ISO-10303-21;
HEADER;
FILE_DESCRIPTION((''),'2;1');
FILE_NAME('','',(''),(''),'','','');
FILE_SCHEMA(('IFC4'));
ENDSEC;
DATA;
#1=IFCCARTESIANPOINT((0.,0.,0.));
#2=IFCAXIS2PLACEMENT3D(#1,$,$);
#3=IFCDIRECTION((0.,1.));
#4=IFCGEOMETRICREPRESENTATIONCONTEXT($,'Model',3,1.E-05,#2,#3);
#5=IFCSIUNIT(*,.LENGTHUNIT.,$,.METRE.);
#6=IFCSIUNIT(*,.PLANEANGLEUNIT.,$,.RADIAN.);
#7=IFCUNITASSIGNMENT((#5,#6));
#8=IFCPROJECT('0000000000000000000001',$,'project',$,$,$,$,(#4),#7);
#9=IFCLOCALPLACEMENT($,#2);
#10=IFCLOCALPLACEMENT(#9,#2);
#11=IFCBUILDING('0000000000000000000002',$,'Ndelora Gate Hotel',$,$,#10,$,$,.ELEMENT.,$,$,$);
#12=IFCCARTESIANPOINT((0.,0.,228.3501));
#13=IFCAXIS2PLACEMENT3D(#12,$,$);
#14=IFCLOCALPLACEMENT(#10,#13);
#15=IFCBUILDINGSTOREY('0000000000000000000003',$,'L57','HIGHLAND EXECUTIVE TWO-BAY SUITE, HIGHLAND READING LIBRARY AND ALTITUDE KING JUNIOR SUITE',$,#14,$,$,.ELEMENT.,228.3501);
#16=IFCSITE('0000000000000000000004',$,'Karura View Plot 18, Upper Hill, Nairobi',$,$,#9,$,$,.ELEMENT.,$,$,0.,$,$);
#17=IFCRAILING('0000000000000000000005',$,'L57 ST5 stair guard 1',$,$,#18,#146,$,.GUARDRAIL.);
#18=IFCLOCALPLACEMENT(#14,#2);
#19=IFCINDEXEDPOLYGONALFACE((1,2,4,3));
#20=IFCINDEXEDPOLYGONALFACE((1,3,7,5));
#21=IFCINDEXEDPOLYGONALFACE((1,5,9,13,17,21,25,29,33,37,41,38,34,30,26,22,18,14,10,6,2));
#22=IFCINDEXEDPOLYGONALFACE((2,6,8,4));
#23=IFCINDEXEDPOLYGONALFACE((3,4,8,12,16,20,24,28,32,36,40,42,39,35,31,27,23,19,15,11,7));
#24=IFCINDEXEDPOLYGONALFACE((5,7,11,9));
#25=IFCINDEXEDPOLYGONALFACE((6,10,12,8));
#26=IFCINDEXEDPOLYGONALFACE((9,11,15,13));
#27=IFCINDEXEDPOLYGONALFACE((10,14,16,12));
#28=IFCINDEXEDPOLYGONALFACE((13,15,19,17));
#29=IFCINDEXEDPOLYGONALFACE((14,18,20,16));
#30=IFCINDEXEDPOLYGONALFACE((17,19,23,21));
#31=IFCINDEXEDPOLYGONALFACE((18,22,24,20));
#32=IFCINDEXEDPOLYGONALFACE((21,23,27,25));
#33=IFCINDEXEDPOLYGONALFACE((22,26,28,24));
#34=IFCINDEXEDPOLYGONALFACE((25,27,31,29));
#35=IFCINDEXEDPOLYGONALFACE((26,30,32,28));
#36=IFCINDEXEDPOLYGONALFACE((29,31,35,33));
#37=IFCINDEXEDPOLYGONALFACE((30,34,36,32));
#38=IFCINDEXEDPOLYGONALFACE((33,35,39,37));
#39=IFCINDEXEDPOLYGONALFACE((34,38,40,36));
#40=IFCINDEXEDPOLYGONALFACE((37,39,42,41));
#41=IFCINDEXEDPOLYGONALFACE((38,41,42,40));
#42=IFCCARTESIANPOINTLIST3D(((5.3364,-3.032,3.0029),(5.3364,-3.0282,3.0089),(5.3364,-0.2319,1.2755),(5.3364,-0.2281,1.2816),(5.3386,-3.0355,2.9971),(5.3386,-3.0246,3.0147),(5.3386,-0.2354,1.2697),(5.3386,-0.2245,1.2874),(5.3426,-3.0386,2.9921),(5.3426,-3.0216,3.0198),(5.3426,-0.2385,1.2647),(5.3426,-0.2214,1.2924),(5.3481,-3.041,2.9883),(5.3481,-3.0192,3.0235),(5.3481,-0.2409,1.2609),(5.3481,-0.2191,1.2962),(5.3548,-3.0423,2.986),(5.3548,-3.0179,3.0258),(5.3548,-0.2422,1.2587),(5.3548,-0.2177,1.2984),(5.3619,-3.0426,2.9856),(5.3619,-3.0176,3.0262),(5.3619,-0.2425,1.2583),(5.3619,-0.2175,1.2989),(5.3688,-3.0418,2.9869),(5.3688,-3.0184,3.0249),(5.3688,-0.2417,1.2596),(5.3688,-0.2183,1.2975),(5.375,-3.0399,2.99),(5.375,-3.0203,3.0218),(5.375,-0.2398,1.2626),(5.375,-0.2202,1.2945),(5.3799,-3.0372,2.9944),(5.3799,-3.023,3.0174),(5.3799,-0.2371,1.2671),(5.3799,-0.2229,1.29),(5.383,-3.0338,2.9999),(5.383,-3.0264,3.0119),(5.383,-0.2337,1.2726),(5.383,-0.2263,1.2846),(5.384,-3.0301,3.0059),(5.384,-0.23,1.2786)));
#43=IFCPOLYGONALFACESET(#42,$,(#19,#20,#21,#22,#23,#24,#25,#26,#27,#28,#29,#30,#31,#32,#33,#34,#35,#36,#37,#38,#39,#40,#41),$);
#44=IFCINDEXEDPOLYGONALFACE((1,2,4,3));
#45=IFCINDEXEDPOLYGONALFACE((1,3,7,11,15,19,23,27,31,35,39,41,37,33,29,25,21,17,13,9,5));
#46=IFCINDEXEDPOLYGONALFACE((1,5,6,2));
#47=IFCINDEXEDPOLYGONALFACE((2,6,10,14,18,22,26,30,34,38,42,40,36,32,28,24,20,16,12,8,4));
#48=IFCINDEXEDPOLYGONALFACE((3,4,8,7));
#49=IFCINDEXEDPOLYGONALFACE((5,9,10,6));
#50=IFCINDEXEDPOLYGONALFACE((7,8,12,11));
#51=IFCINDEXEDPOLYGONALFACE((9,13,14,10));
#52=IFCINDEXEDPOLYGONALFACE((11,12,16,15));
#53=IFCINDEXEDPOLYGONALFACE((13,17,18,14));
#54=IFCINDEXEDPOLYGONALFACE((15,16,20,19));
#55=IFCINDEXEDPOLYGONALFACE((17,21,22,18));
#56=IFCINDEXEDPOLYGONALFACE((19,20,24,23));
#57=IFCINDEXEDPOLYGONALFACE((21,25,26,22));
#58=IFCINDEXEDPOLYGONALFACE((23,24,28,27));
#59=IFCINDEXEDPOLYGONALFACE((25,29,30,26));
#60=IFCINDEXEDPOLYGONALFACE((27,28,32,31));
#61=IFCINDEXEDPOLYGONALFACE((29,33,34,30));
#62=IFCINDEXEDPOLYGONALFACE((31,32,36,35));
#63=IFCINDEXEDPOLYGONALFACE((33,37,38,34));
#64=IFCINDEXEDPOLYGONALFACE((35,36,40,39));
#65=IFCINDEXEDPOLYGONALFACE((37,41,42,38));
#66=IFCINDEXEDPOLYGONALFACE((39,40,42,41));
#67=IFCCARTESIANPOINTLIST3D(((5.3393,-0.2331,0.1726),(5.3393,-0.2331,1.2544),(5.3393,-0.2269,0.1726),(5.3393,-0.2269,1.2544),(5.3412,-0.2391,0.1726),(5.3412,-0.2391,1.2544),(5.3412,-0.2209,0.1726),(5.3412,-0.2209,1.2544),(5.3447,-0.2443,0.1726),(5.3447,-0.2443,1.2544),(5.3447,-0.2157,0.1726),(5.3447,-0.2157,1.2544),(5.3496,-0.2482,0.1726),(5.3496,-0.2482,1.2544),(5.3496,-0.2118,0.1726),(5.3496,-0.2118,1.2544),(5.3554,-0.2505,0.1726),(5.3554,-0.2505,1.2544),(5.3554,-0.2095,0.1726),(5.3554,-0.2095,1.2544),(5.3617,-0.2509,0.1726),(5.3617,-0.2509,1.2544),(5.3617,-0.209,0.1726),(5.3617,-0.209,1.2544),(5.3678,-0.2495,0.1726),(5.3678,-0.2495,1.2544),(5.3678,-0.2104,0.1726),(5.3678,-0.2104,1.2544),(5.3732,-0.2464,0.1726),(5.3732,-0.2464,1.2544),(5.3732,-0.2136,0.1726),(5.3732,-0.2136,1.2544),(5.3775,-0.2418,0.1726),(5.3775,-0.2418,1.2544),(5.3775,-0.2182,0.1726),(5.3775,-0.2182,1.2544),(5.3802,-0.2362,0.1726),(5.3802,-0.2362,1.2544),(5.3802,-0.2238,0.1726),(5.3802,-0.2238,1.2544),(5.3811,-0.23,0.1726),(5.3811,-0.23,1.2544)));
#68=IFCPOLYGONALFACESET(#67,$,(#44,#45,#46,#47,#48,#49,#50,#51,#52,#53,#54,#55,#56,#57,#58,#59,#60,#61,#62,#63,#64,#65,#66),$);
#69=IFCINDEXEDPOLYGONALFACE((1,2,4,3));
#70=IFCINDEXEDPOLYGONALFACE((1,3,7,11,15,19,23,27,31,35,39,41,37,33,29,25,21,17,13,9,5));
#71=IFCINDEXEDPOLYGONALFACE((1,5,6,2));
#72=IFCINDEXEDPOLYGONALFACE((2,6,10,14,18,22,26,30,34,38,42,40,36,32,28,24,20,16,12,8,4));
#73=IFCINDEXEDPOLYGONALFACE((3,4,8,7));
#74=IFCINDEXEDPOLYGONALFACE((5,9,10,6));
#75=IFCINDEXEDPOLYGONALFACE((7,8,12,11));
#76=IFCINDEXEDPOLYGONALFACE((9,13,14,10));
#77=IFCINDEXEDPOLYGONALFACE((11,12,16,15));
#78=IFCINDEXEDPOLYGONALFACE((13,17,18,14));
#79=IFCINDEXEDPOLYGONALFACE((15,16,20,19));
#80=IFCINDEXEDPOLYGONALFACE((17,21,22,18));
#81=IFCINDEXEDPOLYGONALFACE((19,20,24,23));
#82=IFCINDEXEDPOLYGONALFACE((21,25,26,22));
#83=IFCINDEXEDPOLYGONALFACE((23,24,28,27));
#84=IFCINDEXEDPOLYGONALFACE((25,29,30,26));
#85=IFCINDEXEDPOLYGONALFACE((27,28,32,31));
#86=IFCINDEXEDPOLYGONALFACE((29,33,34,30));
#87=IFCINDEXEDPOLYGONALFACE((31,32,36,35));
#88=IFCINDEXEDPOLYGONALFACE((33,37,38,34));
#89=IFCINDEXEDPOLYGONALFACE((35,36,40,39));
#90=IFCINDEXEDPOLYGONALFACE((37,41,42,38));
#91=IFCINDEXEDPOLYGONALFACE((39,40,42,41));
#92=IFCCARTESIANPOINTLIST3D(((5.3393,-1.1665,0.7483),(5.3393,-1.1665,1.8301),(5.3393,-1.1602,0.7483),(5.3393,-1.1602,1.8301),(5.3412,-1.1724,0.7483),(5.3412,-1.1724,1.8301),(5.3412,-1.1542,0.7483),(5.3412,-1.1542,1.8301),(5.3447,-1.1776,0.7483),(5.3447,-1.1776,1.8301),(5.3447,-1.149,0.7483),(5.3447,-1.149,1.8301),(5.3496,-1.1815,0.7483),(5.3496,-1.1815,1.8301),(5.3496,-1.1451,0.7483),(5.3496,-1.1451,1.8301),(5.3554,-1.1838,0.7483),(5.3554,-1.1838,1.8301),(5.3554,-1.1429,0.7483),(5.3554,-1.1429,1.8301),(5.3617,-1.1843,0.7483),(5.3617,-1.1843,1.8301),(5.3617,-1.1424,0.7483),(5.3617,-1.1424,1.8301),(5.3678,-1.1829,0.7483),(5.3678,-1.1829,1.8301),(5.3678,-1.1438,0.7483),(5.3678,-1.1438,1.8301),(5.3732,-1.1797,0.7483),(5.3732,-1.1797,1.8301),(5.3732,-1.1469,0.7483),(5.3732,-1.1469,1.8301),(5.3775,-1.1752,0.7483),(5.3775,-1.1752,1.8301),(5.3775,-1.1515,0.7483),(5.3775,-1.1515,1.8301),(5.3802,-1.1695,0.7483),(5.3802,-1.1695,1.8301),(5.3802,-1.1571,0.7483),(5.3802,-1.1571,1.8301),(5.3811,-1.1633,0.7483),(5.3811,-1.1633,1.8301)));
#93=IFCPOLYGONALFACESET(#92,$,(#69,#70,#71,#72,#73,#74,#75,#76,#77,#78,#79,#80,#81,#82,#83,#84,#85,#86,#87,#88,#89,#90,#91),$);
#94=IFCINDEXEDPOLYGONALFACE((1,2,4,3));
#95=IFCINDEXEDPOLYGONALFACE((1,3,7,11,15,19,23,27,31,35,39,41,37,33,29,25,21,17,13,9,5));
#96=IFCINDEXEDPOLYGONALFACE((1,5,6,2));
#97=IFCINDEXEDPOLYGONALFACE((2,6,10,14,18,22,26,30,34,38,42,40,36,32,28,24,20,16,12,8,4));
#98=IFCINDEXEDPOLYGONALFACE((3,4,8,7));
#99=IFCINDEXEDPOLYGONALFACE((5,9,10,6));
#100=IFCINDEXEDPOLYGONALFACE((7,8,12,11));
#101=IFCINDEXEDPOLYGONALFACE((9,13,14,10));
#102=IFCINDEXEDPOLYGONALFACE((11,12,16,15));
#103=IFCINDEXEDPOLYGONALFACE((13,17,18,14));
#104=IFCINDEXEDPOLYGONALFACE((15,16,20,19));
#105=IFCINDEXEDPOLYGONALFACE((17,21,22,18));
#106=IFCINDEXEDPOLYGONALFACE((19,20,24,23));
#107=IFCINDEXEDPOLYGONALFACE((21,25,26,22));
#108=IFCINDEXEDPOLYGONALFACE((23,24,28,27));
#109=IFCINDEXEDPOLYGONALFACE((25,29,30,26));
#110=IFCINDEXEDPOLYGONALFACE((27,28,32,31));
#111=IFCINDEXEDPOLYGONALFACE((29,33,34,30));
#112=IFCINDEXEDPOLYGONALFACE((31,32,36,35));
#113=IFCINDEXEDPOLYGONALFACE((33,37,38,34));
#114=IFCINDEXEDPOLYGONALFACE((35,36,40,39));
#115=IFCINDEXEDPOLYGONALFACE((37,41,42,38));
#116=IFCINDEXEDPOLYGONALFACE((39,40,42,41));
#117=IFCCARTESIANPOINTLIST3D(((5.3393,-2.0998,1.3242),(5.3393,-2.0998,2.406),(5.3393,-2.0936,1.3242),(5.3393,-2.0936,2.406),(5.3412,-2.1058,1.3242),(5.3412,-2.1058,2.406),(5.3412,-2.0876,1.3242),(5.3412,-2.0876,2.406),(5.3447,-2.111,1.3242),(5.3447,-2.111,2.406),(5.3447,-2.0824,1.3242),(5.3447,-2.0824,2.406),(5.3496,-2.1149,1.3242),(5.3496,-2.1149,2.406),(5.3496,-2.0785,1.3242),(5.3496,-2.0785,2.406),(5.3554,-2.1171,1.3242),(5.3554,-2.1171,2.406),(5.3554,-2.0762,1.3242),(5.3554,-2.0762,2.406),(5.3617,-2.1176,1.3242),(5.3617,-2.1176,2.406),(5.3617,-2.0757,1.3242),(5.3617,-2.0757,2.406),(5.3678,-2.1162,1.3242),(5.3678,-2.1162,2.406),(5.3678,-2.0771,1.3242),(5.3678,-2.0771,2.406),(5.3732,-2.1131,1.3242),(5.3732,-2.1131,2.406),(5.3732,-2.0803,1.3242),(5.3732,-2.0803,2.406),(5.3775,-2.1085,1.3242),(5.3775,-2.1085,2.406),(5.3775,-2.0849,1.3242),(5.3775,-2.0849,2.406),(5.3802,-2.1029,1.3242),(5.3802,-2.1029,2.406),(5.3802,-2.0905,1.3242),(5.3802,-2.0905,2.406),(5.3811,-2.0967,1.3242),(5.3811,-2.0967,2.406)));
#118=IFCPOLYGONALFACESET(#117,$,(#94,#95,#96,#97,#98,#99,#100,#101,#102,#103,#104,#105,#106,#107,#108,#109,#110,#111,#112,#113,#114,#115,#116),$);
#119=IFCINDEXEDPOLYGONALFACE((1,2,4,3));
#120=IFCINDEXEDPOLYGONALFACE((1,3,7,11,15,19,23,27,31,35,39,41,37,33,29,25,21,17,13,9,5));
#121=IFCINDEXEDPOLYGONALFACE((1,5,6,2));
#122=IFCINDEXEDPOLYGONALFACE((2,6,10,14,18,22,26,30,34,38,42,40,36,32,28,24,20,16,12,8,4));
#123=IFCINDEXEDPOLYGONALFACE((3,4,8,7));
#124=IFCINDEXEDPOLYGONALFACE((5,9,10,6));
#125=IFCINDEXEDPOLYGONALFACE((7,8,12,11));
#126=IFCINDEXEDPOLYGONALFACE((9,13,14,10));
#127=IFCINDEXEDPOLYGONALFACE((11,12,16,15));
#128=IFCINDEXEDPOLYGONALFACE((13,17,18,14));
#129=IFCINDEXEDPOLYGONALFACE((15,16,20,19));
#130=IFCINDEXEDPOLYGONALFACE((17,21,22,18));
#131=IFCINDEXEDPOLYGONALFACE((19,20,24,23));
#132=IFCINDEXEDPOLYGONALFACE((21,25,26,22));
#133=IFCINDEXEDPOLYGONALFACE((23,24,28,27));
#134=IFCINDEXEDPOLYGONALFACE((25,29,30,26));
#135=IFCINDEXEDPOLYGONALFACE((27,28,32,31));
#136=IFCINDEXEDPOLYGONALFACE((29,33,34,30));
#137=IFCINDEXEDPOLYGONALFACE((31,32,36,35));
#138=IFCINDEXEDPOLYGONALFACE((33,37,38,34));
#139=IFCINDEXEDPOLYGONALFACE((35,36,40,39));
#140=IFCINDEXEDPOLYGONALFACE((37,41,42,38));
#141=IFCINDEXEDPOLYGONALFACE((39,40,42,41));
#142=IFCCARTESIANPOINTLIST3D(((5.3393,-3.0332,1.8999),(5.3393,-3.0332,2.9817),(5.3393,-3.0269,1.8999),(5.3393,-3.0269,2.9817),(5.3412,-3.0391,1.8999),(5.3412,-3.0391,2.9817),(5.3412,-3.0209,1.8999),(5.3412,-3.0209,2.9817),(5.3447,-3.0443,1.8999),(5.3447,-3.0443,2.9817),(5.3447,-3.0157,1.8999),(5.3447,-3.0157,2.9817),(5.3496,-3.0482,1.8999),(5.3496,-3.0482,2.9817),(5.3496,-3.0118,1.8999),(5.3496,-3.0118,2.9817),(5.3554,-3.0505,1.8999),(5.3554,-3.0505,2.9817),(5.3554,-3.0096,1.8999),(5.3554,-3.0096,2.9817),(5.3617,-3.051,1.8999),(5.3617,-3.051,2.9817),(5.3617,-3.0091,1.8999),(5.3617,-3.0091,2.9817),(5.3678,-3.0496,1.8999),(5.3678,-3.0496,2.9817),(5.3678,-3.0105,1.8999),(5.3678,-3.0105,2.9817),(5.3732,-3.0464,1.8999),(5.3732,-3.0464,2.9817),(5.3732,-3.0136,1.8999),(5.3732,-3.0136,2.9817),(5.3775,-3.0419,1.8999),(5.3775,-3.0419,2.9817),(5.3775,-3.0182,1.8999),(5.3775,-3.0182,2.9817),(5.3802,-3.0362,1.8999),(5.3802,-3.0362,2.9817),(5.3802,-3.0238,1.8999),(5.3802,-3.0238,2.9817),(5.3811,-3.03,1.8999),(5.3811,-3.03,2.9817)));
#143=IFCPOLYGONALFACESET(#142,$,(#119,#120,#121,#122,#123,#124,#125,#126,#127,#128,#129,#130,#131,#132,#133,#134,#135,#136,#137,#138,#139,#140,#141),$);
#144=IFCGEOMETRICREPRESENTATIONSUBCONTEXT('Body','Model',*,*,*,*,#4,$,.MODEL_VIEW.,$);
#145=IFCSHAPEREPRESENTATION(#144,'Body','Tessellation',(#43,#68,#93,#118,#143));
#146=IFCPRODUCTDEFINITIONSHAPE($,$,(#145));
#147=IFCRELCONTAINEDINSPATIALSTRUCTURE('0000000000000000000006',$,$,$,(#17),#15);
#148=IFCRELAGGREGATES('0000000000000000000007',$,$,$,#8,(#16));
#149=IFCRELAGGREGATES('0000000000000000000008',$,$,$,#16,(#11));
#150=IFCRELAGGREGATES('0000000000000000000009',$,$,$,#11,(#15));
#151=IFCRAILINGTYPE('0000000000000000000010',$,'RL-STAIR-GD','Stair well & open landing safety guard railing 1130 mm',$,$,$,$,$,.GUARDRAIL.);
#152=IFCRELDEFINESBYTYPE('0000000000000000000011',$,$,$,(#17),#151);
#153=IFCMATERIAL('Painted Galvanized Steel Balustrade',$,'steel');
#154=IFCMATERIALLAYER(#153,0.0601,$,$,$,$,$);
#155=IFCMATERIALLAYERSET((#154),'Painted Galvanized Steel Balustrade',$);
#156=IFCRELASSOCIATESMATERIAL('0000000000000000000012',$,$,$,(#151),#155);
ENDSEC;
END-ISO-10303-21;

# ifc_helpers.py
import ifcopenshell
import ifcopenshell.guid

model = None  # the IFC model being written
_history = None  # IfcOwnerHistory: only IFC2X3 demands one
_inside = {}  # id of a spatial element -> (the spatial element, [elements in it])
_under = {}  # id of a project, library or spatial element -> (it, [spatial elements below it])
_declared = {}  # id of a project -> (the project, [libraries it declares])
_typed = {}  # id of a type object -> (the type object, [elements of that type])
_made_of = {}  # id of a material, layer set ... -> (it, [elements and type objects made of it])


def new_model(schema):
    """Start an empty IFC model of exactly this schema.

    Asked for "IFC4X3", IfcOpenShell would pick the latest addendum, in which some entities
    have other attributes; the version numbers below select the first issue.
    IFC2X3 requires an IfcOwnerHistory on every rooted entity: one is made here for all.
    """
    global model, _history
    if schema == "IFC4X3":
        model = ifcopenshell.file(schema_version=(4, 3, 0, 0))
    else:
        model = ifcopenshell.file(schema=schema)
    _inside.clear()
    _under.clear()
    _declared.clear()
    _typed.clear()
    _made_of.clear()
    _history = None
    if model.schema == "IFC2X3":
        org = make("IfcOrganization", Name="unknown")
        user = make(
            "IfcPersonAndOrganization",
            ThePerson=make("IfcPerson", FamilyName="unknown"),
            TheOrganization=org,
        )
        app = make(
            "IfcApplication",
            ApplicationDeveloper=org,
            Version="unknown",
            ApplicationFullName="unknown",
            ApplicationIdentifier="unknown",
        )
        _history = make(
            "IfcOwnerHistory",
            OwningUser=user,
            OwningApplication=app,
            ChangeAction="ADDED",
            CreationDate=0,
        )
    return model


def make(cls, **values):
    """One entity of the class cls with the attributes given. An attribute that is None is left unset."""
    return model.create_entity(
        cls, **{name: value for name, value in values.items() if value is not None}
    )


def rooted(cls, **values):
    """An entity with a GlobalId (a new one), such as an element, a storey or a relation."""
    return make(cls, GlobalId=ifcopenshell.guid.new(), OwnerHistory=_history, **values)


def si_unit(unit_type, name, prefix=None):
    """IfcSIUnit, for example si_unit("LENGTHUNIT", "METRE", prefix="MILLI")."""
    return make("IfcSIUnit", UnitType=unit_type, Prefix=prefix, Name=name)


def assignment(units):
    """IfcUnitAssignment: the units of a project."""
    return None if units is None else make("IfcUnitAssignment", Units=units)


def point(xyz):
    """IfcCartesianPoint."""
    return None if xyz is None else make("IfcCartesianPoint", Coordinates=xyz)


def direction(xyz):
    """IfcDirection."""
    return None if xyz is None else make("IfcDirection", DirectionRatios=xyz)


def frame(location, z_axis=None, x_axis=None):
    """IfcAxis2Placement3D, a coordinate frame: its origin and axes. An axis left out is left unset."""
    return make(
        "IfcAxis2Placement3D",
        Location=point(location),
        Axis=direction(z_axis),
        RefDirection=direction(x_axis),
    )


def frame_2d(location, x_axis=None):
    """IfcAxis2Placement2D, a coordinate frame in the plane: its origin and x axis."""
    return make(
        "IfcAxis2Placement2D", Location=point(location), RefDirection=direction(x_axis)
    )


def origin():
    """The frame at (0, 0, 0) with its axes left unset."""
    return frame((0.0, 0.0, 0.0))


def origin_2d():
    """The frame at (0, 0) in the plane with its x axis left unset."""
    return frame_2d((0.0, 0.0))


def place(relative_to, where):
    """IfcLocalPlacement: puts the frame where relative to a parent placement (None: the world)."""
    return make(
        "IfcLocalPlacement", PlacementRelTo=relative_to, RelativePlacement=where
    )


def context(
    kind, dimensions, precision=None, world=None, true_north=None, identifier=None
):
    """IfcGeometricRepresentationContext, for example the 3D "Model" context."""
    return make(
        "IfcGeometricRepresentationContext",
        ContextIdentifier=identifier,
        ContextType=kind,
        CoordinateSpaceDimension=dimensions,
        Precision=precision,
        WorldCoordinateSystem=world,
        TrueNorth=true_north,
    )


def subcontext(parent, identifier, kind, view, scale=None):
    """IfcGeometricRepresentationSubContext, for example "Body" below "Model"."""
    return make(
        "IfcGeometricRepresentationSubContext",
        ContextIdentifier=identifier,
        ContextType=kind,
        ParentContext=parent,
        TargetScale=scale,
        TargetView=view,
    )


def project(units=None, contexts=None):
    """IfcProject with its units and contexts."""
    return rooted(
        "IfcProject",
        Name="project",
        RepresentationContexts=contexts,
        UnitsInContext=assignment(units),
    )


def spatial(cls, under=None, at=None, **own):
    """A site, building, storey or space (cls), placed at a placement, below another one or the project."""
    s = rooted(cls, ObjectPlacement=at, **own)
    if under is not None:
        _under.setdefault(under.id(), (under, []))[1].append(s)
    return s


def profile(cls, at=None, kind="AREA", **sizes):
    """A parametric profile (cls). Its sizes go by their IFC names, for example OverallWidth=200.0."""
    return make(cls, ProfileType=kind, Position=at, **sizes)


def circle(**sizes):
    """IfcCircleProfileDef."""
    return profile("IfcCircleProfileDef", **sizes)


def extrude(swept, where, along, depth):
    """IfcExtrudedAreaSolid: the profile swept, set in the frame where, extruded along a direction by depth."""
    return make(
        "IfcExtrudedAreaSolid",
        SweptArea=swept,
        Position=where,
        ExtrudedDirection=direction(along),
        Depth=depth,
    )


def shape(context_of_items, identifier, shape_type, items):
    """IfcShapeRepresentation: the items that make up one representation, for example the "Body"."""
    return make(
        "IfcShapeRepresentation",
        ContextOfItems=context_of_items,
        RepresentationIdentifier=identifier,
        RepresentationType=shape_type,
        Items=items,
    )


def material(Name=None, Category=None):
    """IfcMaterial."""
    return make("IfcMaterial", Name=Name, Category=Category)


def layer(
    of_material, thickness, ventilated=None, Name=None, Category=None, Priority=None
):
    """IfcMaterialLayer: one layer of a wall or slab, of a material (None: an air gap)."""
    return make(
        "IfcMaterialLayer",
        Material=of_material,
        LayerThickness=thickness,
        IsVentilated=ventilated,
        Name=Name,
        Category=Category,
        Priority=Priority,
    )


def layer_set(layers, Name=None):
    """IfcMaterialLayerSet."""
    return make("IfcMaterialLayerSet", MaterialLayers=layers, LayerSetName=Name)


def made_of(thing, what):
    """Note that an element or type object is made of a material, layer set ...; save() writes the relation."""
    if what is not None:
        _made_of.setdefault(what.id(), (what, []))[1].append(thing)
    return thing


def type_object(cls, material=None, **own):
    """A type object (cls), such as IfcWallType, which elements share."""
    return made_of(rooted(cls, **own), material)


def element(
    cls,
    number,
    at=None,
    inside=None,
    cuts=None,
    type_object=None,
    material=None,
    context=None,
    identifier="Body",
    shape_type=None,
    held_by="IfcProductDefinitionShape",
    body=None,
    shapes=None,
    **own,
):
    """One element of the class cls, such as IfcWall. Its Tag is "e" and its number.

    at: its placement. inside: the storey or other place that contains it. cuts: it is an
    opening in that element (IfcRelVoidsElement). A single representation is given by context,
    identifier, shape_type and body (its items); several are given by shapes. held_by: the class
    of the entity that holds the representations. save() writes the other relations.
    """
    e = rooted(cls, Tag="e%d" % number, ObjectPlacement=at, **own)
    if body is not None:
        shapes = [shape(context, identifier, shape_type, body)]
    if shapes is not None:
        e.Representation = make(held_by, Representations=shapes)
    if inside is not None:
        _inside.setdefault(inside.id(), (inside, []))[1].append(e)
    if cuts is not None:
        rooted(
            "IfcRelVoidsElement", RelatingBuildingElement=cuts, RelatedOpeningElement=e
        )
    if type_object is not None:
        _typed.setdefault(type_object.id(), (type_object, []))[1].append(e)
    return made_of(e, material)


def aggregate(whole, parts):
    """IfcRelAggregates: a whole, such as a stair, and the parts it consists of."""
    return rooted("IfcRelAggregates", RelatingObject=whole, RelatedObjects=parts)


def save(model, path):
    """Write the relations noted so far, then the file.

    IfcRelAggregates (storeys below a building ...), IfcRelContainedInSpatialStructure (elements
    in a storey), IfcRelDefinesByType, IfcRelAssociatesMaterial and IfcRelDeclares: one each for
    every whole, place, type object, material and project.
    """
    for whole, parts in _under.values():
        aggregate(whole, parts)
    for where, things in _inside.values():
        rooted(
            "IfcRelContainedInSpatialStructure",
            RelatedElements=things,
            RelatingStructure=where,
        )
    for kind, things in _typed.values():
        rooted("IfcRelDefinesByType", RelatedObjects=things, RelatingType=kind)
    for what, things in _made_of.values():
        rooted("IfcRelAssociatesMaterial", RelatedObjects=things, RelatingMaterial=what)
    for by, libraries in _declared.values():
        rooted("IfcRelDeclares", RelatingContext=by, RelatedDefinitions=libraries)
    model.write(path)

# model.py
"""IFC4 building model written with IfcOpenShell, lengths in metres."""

from ifc_helpers import new_model, si_unit, direction, frame, origin, origin_2d, place, context, subcontext, project, spatial, circle, extrude, material, layer, layer_set, type_object, element, save


model = new_model("IFC4")

# Units and contexts
model_context = context("Model", 3, precision=1e-05, world=origin(), true_north=direction((0.0, 1.0)))
body_context = subcontext(model_context, "Body", "Model", "MODEL_VIEW")
ifc_project = project(units=[si_unit("LENGTHUNIT", "METRE"), si_unit("PLANEANGLEUNIT", "RADIAN")], contexts=[model_context])

# Site, building, storey
site_placement = place(None, origin())
site = spatial("IfcSite", under=ifc_project, at=site_placement, Name="Karura View Plot 18, Upper Hill, Nairobi", CompositionType="ELEMENT", RefElevation=0.0)
building_placement = place(site_placement, origin())
building = spatial("IfcBuilding", under=site, at=building_placement, Name="Ndelora Gate Hotel", CompositionType="ELEMENT")
storey_placement = place(building_placement, frame((0.0, 0.0, 228.3501)))
storey = spatial("IfcBuildingStorey", under=building, at=storey_placement, Name="L57", Description="HIGHLAND EXECUTIVE TWO-BAY SUITE, HIGHLAND READING LIBRARY AND ALTITUDE KING JUNIOR SUITE", CompositionType="ELEMENT", Elevation=228.3501)

# Railing
ifc_material_1 = material(Name="Painted Galvanized Steel Balustrade", Category="steel")
ifc_layer_1 = layer(ifc_material_1, 0.0601)
ifc_layer_set_1 = layer_set([ifc_layer_1], Name="Painted Galvanized Steel Balustrade")
railing_type_1 = type_object("IfcRailingType", Name="RL-STAIR-GD", Description="Stair well & open landing safety guard railing 1130 mm", PredefinedType="GUARDRAIL", material=ifc_layer_set_1)
railing_1_placement = place(storey_placement, frame((5.3601, -0.23, 0.1726)))
element("IfcRailing", 1, at=railing_1_placement, inside=storey, type_object=railing_type_1, Name="L57 ST5 stair guard 1", PredefinedType="GUARDRAIL", context=body_context, shape_type="SweptSolid", body=[
    extrude(circle(Radius=0.0239, at=origin_2d()), frame((0.0, 0.0, 1.106), z_axis=(0.0, -0.85109, 0.52502), x_axis=(1.0, 0.0, 0.0)), (0.0, 0.0, 1.0), 3.29),
    extrude(circle(Radius=0.021, at=origin_2d()), origin(), (0.0, 0.0, 1.0), 1.0818),
    extrude(circle(Radius=0.021, at=origin_2d()), frame((0.0, -0.9333, 0.5757)), (0.0, 0.0, 1.0), 1.0818),
    extrude(circle(Radius=0.021, at=origin_2d()), frame((0.0, -1.8667, 1.1516)), (0.0, 0.0, 1.0), 1.0818),
    extrude(circle(Radius=0.021, at=origin_2d()), frame((0.0, -2.8, 1.7273)), (0.0, 0.0, 1.0), 1.0818),
])

save(model, "model.ifc")
